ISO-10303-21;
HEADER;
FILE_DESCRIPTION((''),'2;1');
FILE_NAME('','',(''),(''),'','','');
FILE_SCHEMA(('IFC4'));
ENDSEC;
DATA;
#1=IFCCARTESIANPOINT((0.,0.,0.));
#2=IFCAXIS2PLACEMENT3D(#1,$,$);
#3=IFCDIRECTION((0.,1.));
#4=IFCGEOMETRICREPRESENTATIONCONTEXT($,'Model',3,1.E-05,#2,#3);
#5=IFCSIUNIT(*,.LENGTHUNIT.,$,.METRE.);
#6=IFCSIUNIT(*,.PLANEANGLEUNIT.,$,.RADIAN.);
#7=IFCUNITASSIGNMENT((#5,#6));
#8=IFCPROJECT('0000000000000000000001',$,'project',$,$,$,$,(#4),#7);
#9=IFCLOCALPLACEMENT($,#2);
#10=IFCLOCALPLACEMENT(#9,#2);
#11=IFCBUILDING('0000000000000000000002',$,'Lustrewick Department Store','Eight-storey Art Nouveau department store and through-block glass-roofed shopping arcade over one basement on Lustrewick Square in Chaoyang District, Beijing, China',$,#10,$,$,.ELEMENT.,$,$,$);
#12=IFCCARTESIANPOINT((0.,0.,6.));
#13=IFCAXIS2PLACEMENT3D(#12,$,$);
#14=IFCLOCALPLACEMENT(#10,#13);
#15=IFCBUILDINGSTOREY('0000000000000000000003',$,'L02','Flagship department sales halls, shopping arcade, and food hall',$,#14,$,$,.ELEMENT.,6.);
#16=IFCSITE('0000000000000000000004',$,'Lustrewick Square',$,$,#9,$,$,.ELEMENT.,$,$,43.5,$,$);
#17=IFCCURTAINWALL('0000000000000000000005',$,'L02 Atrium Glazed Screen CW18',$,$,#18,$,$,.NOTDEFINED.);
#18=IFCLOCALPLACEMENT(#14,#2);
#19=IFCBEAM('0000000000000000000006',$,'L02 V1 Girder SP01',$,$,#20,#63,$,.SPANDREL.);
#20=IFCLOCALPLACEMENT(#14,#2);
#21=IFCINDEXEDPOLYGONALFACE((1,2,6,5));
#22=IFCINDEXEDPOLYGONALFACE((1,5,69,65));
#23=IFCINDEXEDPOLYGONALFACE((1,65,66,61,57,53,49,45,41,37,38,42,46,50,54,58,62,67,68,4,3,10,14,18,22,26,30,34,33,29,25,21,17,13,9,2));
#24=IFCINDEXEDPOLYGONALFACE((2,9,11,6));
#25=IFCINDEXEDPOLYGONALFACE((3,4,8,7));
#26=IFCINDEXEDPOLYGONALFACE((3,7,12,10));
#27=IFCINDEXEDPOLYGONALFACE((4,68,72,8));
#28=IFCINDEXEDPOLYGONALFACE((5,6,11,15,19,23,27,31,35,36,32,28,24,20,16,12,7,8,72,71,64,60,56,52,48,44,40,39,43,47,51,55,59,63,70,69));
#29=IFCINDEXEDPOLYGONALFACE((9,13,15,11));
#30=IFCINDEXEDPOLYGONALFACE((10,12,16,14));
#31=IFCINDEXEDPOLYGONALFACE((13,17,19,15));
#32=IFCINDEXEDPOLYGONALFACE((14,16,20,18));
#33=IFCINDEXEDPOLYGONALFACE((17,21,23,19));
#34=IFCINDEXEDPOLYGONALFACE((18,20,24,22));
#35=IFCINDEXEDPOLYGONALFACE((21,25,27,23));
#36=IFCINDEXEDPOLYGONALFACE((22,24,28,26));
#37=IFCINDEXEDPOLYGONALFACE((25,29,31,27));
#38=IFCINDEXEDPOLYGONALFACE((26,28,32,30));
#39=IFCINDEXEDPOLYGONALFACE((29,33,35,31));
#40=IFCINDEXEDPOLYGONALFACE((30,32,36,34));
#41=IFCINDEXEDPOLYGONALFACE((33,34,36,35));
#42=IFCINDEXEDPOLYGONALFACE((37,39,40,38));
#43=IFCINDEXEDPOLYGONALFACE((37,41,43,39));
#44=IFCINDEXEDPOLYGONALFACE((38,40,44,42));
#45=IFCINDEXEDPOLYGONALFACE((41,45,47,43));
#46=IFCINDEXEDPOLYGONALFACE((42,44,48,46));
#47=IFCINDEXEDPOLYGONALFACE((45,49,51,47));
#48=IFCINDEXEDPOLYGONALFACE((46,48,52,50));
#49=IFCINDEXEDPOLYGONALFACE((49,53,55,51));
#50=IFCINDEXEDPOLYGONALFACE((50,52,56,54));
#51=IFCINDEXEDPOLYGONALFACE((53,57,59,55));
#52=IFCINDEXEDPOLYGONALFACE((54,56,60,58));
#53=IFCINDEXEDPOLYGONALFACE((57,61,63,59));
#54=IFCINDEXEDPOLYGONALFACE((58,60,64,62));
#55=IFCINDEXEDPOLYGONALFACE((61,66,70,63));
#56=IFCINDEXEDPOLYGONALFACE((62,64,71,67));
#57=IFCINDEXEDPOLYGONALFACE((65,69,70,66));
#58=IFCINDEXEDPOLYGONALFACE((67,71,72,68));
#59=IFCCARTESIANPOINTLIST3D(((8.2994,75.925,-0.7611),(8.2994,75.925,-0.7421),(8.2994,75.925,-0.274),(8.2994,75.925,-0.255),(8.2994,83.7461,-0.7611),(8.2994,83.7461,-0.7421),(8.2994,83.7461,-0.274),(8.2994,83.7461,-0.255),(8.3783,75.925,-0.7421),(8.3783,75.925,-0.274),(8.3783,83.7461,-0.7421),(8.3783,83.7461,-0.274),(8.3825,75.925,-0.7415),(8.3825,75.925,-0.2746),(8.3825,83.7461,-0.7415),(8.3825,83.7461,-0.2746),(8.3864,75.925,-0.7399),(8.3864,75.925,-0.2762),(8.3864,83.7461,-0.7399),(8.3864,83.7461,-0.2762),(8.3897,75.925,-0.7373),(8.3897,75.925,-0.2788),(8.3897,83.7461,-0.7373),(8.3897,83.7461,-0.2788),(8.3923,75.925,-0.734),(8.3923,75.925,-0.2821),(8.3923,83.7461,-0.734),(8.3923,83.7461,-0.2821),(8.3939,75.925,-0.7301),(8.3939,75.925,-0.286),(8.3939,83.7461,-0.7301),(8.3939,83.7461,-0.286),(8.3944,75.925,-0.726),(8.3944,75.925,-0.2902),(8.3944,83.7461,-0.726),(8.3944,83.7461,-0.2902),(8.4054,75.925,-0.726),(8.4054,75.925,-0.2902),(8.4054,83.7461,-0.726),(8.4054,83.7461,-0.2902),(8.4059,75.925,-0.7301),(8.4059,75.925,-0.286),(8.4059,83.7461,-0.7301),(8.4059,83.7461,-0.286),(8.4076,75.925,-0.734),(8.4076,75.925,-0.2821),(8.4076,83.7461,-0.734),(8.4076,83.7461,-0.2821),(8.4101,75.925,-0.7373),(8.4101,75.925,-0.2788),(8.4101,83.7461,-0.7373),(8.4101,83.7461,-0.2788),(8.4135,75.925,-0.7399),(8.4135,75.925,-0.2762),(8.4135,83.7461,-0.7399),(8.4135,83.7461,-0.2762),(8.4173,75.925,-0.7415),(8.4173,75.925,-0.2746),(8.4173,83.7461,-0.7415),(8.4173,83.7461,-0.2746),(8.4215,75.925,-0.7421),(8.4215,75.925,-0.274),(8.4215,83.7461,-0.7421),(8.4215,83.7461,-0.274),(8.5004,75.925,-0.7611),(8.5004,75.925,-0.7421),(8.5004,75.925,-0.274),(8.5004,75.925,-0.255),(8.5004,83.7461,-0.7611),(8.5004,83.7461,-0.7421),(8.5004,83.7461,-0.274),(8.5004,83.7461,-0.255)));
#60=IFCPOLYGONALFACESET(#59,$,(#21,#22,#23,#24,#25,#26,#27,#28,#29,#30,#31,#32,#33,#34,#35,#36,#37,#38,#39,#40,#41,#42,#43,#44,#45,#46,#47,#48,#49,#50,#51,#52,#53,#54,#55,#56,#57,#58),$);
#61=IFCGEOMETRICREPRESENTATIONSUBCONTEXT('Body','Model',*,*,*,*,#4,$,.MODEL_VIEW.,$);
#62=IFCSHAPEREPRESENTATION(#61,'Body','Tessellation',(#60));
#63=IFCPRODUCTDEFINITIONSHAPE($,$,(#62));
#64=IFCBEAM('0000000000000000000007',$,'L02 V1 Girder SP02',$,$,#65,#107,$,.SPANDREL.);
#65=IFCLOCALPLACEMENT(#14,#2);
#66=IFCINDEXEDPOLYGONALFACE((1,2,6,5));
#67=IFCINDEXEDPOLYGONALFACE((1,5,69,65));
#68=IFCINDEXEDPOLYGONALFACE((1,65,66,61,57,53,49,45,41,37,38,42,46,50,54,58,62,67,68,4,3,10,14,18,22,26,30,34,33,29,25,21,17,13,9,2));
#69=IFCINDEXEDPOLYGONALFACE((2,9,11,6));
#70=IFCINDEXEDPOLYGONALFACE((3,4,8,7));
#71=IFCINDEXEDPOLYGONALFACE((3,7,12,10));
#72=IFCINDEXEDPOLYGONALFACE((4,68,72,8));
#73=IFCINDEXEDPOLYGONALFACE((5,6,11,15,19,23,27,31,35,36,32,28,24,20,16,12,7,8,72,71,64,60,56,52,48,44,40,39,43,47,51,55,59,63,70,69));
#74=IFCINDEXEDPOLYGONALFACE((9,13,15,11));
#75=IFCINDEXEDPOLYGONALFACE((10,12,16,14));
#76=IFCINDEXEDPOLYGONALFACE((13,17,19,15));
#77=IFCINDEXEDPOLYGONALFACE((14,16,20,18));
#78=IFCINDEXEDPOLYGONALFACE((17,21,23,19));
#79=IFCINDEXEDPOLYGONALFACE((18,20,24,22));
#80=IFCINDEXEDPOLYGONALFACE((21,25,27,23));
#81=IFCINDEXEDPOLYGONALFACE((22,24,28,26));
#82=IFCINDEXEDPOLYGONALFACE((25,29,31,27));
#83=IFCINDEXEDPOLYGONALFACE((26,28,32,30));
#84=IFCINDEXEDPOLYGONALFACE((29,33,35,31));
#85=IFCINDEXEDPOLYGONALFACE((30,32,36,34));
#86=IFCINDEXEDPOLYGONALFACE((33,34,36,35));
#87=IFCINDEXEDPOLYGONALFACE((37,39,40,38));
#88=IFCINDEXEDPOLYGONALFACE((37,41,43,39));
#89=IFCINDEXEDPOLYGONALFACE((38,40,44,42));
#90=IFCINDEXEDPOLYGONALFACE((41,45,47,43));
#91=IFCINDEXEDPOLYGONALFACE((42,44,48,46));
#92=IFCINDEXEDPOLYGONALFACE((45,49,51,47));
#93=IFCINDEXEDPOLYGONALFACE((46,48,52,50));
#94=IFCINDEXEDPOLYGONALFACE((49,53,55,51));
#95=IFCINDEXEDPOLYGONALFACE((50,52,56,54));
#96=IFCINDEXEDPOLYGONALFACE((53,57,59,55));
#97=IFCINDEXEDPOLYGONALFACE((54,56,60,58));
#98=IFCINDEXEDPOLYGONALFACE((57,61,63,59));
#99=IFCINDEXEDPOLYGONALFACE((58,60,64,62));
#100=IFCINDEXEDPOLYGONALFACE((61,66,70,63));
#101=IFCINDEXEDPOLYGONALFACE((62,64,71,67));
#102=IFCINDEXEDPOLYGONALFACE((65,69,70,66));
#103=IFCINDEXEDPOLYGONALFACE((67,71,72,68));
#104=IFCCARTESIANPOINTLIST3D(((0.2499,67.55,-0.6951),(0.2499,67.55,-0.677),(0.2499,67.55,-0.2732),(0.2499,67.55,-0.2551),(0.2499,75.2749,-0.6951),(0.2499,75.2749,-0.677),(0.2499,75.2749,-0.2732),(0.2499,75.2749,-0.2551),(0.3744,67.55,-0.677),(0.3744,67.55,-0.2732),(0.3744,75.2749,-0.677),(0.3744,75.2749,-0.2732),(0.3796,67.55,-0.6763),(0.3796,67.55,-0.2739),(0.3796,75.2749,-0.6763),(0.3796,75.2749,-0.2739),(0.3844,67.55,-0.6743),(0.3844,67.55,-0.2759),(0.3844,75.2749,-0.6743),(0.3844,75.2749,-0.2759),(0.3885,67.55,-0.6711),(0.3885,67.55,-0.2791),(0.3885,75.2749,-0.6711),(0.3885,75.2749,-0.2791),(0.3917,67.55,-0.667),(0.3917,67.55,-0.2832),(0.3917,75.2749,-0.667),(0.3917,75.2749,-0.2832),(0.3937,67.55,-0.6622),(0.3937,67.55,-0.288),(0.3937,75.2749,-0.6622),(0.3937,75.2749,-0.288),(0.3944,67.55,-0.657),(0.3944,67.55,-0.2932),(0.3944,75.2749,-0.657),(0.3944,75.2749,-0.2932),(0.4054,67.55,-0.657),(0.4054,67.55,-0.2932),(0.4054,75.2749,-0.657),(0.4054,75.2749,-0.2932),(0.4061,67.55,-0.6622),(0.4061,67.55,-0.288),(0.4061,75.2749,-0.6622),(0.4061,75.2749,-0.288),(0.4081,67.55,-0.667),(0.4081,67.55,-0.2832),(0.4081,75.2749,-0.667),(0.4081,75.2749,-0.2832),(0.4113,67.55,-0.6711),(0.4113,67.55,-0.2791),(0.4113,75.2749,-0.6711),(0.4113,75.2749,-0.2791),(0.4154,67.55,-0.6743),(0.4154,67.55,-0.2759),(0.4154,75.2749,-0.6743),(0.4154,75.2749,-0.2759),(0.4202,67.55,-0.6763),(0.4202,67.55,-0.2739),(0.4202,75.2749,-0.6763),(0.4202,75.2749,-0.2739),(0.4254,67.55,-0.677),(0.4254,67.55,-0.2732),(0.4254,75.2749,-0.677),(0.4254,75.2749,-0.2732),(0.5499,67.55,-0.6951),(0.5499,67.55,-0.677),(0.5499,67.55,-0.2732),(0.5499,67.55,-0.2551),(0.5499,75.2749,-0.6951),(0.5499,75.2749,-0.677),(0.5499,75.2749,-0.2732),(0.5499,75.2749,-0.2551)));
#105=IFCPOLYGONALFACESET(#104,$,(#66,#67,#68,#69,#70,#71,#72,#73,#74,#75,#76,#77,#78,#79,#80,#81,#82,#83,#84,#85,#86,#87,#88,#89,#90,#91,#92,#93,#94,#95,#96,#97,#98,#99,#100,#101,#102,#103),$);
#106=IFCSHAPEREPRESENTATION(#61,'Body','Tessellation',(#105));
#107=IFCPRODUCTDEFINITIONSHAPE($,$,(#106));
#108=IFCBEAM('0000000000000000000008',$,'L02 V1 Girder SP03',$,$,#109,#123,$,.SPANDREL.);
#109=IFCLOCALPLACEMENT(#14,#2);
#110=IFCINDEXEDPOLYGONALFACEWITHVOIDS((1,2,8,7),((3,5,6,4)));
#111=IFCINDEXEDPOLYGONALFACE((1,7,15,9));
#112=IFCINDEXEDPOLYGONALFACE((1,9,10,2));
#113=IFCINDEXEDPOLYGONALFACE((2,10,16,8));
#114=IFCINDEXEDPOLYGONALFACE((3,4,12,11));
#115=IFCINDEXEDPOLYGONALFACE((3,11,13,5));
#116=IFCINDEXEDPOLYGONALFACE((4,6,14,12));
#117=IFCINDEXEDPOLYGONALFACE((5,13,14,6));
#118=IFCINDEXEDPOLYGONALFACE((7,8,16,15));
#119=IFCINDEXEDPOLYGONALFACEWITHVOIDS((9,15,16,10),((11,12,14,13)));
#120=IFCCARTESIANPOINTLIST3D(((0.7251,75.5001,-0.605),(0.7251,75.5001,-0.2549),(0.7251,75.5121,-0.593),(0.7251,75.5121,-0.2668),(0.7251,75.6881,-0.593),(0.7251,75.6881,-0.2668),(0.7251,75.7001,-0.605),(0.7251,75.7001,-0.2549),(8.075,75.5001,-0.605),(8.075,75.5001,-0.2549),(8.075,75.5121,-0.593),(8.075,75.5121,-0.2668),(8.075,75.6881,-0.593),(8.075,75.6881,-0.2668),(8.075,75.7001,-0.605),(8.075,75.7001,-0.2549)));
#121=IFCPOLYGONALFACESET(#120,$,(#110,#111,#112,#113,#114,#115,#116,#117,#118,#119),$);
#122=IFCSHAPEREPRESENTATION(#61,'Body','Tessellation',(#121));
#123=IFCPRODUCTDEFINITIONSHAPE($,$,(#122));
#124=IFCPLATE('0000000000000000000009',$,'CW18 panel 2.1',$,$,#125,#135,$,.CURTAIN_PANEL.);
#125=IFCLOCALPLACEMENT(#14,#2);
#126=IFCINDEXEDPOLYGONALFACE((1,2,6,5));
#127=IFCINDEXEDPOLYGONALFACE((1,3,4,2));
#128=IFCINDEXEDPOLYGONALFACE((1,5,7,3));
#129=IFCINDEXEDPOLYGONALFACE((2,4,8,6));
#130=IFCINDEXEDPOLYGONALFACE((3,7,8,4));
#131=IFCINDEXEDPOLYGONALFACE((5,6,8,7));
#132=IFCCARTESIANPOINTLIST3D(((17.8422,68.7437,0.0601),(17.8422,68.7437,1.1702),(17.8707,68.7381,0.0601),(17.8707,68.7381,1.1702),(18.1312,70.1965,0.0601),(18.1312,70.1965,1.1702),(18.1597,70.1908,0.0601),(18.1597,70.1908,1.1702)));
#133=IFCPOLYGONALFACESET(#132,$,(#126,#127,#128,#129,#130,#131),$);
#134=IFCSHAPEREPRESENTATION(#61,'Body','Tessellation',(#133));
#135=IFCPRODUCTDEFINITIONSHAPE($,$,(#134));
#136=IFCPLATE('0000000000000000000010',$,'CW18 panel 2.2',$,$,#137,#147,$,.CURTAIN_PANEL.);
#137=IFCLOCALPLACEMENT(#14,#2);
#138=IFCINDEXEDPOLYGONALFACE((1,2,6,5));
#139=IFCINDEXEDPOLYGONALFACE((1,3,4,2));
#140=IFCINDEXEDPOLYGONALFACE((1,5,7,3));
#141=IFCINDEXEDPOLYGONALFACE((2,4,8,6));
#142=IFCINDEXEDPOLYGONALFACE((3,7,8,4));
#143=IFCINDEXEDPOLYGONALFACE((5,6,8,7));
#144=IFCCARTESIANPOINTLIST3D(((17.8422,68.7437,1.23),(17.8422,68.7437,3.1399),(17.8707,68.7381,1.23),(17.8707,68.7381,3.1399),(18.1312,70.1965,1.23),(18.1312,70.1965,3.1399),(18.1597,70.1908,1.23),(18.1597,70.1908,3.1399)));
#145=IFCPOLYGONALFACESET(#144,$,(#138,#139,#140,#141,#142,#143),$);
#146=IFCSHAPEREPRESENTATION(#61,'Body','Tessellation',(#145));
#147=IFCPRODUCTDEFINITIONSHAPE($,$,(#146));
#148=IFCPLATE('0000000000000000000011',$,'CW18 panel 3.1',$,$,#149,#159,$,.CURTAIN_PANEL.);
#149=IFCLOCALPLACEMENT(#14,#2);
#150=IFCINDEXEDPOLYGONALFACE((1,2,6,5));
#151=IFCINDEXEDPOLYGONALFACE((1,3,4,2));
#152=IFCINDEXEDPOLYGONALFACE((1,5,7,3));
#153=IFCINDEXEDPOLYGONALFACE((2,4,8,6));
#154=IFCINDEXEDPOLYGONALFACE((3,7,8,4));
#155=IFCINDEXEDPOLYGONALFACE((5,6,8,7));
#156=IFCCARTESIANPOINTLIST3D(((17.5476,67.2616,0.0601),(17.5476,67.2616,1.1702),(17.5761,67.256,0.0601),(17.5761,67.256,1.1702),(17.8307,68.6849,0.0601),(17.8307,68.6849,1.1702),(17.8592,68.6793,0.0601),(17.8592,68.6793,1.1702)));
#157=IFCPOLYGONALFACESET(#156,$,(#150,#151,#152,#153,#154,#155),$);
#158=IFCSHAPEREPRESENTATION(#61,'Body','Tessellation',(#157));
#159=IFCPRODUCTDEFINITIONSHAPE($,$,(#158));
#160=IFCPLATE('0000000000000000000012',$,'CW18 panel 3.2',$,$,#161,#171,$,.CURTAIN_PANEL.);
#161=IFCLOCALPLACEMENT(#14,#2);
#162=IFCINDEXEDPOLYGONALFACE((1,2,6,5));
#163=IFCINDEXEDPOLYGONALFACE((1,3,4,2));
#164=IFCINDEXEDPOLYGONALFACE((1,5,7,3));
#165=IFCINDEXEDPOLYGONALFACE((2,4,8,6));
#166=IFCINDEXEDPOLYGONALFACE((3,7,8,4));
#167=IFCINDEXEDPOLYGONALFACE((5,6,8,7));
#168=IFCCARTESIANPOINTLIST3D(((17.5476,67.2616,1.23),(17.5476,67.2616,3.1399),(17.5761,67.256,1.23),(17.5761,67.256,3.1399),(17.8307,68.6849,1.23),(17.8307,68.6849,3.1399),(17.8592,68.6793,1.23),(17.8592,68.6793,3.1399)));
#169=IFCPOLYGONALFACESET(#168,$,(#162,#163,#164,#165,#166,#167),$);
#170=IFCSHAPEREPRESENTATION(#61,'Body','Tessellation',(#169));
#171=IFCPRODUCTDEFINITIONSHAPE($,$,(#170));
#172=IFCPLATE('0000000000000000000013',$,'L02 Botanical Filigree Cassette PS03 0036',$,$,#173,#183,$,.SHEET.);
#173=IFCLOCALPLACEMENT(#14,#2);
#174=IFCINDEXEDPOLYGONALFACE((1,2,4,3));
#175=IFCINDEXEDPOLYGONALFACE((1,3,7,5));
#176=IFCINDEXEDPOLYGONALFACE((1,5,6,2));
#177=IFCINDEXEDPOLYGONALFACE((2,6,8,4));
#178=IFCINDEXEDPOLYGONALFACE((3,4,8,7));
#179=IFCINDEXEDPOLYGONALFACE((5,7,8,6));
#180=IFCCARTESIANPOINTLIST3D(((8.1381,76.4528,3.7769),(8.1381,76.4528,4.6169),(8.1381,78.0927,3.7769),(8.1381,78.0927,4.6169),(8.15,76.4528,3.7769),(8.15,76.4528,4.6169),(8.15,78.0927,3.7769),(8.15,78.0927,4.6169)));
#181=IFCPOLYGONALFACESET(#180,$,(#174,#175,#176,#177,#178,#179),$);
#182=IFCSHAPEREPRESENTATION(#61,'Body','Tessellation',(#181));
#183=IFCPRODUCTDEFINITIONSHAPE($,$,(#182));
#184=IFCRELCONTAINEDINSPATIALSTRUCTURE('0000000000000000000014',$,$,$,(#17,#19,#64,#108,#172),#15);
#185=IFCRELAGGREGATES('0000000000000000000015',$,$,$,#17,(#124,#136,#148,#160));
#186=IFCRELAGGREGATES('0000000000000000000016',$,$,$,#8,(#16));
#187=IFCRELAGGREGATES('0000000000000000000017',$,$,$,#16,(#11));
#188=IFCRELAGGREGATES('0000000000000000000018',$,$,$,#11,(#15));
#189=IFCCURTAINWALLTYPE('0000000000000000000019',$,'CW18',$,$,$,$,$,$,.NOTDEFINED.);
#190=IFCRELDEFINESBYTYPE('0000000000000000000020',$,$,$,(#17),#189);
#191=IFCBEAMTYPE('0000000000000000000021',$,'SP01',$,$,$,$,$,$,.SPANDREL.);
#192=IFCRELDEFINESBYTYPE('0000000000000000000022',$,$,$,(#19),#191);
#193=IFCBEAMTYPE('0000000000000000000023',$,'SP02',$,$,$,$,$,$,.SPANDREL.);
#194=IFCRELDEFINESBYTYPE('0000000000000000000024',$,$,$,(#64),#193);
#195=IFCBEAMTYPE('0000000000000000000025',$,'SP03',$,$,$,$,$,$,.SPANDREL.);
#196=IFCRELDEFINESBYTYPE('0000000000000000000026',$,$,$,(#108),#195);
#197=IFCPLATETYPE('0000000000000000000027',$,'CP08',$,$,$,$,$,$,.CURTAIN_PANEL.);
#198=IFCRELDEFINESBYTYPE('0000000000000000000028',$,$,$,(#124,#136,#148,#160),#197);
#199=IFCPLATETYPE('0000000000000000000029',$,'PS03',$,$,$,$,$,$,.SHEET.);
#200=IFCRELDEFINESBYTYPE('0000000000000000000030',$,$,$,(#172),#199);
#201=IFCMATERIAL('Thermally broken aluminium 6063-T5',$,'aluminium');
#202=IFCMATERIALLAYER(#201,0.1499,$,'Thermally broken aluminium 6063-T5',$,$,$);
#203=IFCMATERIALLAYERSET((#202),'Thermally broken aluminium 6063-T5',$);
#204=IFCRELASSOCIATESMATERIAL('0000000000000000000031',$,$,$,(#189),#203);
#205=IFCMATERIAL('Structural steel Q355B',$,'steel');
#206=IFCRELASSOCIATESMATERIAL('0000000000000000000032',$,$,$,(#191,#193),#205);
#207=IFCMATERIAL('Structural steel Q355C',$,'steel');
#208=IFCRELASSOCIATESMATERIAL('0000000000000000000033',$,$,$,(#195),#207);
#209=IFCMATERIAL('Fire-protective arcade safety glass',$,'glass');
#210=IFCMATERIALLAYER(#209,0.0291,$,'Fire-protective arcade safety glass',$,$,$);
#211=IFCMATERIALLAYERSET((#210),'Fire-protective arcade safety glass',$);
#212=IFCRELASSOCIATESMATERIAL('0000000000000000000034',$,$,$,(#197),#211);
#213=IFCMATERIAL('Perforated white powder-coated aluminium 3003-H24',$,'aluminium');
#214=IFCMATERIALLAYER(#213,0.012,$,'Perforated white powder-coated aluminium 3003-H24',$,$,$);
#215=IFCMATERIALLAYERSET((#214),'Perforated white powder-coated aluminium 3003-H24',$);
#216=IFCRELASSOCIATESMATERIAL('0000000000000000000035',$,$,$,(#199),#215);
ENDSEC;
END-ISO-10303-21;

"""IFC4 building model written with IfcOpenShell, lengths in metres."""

from ifc_helpers import new_model, si_unit, direction, frame, origin, origin_2d, place, context, subcontext, project, spatial, rectangle, hollow_rectangle, i_section, extrude, material, layer, layer_set, material_profile, profile_set, type_object, element, aggregate, save


model = new_model("IFC4")

# Units and contexts
model_context = context("Model", 3, precision=1e-05, world=origin(), true_north=direction((0.0, 1.0)))
body_context = subcontext(model_context, "Body", "Model", "MODEL_VIEW")
ifc_project = project(units=[si_unit("LENGTHUNIT", "METRE"), si_unit("PLANEANGLEUNIT", "RADIAN")], contexts=[model_context])

# Site, building, storey
site_placement = place(None, origin())
site = spatial("IfcSite", under=ifc_project, at=site_placement, Name="Lustrewick Square", CompositionType="ELEMENT", RefElevation=43.5)
building_placement = place(site_placement, origin())
building = spatial("IfcBuilding", under=site, at=building_placement, Name="Lustrewick Department Store", Description="Eight-storey Art Nouveau department store and through-block glass-roofed shopping arcade over one basement on Lustrewick Square in Chaoyang District, Beijing, China", CompositionType="ELEMENT")
storey_placement = place(building_placement, frame((0.0, 0.0, 6.0)))
storey = spatial("IfcBuildingStorey", under=building, at=storey_placement, Name="L02", Description="Flagship department sales halls, shopping arcade, and food hall", CompositionType="ELEMENT", Elevation=6.0)

# Shared definitions
ifc_material_1 = material(Name="Structural steel Q355B", Category="steel")

# Curtain wall
ifc_material_2 = material(Name="Thermally broken aluminium 6063-T5", Category="aluminium")
ifc_layer_1 = layer(ifc_material_2, 0.1499, Name="Thermally broken aluminium 6063-T5")
ifc_layer_set_1 = layer_set([ifc_layer_1], Name="Thermally broken aluminium 6063-T5")
curtain_wall_type = type_object("IfcCurtainWallType", Name="CW18", PredefinedType="NOTDEFINED", material=ifc_layer_set_1)
curtain_wall_placement = place(storey_placement, origin())
curtain_wall = element("IfcCurtainWall", 1, at=curtain_wall_placement, inside=storey, type_object=curtain_wall_type, Name="L02 Atrium Glazed Screen CW18", PredefinedType="NOTDEFINED")

# Beams
ifc_material_3 = material(Name="Structural steel Q355C", Category="steel")
ifc_material_profile_1 = material_profile(ifc_material_1, i_section(OverallWidth=0.2009, OverallDepth=0.5061, WebThickness=0.011, FlangeThickness=0.019, FilletRadius=0.0161, at=origin_2d()), Name="HN 506x201x11x19")
ifc_profile_set_1 = profile_set([ifc_material_profile_1], Name="Structural steel Q355B")
beam_type_1 = type_object("IfcBeamType", Name="SP01", PredefinedType="SPANDREL", material=ifc_profile_set_1)
beam_1_placement = place(storey_placement, frame((8.3999, 75.925, -0.5081), z_axis=(0.0, 1.0, 0.0), x_axis=(-1.0, 0.0, 0.0)))
element("IfcBeam", 2, at=beam_1_placement, inside=storey, type_object=beam_type_1, Name="L02 V1 Girder SP01", PredefinedType="SPANDREL", context=body_context, shape_type="SweptSolid", body=[
    extrude(i_section(OverallWidth=0.2009, OverallDepth=0.5061, WebThickness=0.011, FlangeThickness=0.019, FilletRadius=0.0161, at=origin_2d()), origin(), (0.0, 0.0, 1.0), 7.821),
])
ifc_material_profile_2 = material_profile(ifc_material_1, i_section(OverallWidth=0.3, OverallDepth=0.4399, WebThickness=0.011, FlangeThickness=0.0181, FilletRadius=0.02, at=origin_2d()), Name="HM 440x300x11x18")
ifc_profile_set_2 = profile_set([ifc_material_profile_2], Name="Structural steel Q355B")
beam_type_2 = type_object("IfcBeamType", Name="SP02", PredefinedType="SPANDREL", material=ifc_profile_set_2)
beam_2_placement = place(storey_placement, frame((0.3999, 67.55, -0.4751), z_axis=(0.0, 1.0, 0.0), x_axis=(-1.0, 0.0, 0.0)))
element("IfcBeam", 3, at=beam_2_placement, inside=storey, type_object=beam_type_2, Name="L02 V1 Girder SP02", PredefinedType="SPANDREL", context=body_context, shape_type="SweptSolid", body=[
    extrude(i_section(OverallWidth=0.3, OverallDepth=0.4399, WebThickness=0.011, FlangeThickness=0.0181, FilletRadius=0.02, at=origin_2d()), origin(), (0.0, 0.0, 1.0), 7.7249),
])
ifc_material_profile_3 = material_profile(ifc_material_3, hollow_rectangle(XDim=0.2, YDim=0.3501, WallThickness=0.012, at=origin_2d()), Name="RHS 350x200x12")
ifc_profile_set_3 = profile_set([ifc_material_profile_3], Name="Structural steel Q355C")
beam_type_3 = type_object("IfcBeamType", Name="SP03", PredefinedType="SPANDREL", material=ifc_profile_set_3)
beam_3_placement = place(storey_placement, frame((0.7251, 75.6001, -0.4299), z_axis=(1.0, 0.0, 0.0), x_axis=(0.0, 1.0, 0.0)))
element("IfcBeam", 4, at=beam_3_placement, inside=storey, type_object=beam_type_3, Name="L02 V1 Girder SP03", PredefinedType="SPANDREL", context=body_context, shape_type="SweptSolid", body=[
    extrude(hollow_rectangle(XDim=0.2, YDim=0.3501, WallThickness=0.012, at=origin_2d()), origin(), (0.0, 0.0, 1.0), 7.3499),
])

# Plates
ifc_material_4 = material(Name="Fire-protective arcade safety glass", Category="glass")
ifc_layer_2 = layer(ifc_material_4, 0.0291, Name="Fire-protective arcade safety glass")
ifc_layer_set_2 = layer_set([ifc_layer_2], Name="Fire-protective arcade safety glass")
plate_type_1 = type_object("IfcPlateType", Name="CP08", PredefinedType="CURTAIN_PANEL", material=ifc_layer_set_2)
plate_1_placement = place(storey_placement, frame((18.001, 69.4673, 0.0601), z_axis=(0.0, 0.0, 1.0), x_axis=(-0.195085, -0.980786, 0.0)))
plate_1 = element("IfcPlate", 5, at=plate_1_placement, type_object=plate_type_1, Name="CW18 panel 2.1", PredefinedType="CURTAIN_PANEL", context=body_context, shape_type="SweptSolid", body=[
    extrude(rectangle(XDim=1.4812, YDim=0.0291, at=origin_2d()), origin(), (0.0, 0.0, 1.0), 1.1101),
])
plate_2_placement = place(storey_placement, frame((18.001, 69.4673, 1.23), z_axis=(0.0, 0.0, 1.0), x_axis=(-0.195085, -0.980786, 0.0)))
plate_2 = element("IfcPlate", 6, at=plate_2_placement, type_object=plate_type_1, Name="CW18 panel 2.2", PredefinedType="CURTAIN_PANEL", context=body_context, shape_type="SweptSolid", body=[
    extrude(rectangle(XDim=1.4812, YDim=0.0291, at=origin_2d()), origin(), (0.0, 0.0, 1.0), 1.9099),
])
plate_3_placement = place(storey_placement, frame((17.7034, 67.9705, 0.0601), z_axis=(0.0, 0.0, 1.0), x_axis=(-0.195085, -0.980786, 0.0)))
plate_3 = element("IfcPlate", 7, at=plate_3_placement, type_object=plate_type_1, Name="CW18 panel 3.1", PredefinedType="CURTAIN_PANEL", context=body_context, shape_type="SweptSolid", body=[
    extrude(rectangle(XDim=1.4512, YDim=0.0291, at=origin_2d()), origin(), (0.0, 0.0, 1.0), 1.1101),
])
plate_4_placement = place(storey_placement, frame((17.7034, 67.9705, 1.23), z_axis=(0.0, 0.0, 1.0), x_axis=(-0.195085, -0.980786, 0.0)))
plate_4 = element("IfcPlate", 8, at=plate_4_placement, type_object=plate_type_1, Name="CW18 panel 3.2", PredefinedType="CURTAIN_PANEL", context=body_context, shape_type="SweptSolid", body=[
    extrude(rectangle(XDim=1.4512, YDim=0.0291, at=origin_2d()), origin(), (0.0, 0.0, 1.0), 1.9099),
])
aggregate(curtain_wall, [plate_1, plate_2, plate_3, plate_4])

# Plate
ifc_material_5 = material(Name="Perforated white powder-coated aluminium 3003-H24", Category="aluminium")
ifc_layer_3 = layer(ifc_material_5, 0.012, Name="Perforated white powder-coated aluminium 3003-H24")
ifc_layer_set_3 = layer_set([ifc_layer_3], Name="Perforated white powder-coated aluminium 3003-H24")
plate_type_2 = type_object("IfcPlateType", Name="PS03", PredefinedType="SHEET", material=ifc_layer_set_3)
for number, where, z_axis, x_axis, name in (
    (9, (8.144, 77.2727, 3.7769), (0.0, 0.0, 1.0), (0.0, -1.0, 0.0), "L02 Botanical Filigree Cassette PS03 0036"),
):
    element("IfcPlate", number, at=place(storey_placement, frame(where, z_axis=z_axis, x_axis=x_axis)), inside=storey, type_object=plate_type_2, Name=name, PredefinedType="SHEET", context=body_context, shape_type="SweptSolid", body=[
        extrude(rectangle(XDim=1.6399, YDim=0.012, at=origin_2d()), origin(), (0.0, 0.0, 1.0), 0.8401),
    ])

save(model, "model.ifc")
